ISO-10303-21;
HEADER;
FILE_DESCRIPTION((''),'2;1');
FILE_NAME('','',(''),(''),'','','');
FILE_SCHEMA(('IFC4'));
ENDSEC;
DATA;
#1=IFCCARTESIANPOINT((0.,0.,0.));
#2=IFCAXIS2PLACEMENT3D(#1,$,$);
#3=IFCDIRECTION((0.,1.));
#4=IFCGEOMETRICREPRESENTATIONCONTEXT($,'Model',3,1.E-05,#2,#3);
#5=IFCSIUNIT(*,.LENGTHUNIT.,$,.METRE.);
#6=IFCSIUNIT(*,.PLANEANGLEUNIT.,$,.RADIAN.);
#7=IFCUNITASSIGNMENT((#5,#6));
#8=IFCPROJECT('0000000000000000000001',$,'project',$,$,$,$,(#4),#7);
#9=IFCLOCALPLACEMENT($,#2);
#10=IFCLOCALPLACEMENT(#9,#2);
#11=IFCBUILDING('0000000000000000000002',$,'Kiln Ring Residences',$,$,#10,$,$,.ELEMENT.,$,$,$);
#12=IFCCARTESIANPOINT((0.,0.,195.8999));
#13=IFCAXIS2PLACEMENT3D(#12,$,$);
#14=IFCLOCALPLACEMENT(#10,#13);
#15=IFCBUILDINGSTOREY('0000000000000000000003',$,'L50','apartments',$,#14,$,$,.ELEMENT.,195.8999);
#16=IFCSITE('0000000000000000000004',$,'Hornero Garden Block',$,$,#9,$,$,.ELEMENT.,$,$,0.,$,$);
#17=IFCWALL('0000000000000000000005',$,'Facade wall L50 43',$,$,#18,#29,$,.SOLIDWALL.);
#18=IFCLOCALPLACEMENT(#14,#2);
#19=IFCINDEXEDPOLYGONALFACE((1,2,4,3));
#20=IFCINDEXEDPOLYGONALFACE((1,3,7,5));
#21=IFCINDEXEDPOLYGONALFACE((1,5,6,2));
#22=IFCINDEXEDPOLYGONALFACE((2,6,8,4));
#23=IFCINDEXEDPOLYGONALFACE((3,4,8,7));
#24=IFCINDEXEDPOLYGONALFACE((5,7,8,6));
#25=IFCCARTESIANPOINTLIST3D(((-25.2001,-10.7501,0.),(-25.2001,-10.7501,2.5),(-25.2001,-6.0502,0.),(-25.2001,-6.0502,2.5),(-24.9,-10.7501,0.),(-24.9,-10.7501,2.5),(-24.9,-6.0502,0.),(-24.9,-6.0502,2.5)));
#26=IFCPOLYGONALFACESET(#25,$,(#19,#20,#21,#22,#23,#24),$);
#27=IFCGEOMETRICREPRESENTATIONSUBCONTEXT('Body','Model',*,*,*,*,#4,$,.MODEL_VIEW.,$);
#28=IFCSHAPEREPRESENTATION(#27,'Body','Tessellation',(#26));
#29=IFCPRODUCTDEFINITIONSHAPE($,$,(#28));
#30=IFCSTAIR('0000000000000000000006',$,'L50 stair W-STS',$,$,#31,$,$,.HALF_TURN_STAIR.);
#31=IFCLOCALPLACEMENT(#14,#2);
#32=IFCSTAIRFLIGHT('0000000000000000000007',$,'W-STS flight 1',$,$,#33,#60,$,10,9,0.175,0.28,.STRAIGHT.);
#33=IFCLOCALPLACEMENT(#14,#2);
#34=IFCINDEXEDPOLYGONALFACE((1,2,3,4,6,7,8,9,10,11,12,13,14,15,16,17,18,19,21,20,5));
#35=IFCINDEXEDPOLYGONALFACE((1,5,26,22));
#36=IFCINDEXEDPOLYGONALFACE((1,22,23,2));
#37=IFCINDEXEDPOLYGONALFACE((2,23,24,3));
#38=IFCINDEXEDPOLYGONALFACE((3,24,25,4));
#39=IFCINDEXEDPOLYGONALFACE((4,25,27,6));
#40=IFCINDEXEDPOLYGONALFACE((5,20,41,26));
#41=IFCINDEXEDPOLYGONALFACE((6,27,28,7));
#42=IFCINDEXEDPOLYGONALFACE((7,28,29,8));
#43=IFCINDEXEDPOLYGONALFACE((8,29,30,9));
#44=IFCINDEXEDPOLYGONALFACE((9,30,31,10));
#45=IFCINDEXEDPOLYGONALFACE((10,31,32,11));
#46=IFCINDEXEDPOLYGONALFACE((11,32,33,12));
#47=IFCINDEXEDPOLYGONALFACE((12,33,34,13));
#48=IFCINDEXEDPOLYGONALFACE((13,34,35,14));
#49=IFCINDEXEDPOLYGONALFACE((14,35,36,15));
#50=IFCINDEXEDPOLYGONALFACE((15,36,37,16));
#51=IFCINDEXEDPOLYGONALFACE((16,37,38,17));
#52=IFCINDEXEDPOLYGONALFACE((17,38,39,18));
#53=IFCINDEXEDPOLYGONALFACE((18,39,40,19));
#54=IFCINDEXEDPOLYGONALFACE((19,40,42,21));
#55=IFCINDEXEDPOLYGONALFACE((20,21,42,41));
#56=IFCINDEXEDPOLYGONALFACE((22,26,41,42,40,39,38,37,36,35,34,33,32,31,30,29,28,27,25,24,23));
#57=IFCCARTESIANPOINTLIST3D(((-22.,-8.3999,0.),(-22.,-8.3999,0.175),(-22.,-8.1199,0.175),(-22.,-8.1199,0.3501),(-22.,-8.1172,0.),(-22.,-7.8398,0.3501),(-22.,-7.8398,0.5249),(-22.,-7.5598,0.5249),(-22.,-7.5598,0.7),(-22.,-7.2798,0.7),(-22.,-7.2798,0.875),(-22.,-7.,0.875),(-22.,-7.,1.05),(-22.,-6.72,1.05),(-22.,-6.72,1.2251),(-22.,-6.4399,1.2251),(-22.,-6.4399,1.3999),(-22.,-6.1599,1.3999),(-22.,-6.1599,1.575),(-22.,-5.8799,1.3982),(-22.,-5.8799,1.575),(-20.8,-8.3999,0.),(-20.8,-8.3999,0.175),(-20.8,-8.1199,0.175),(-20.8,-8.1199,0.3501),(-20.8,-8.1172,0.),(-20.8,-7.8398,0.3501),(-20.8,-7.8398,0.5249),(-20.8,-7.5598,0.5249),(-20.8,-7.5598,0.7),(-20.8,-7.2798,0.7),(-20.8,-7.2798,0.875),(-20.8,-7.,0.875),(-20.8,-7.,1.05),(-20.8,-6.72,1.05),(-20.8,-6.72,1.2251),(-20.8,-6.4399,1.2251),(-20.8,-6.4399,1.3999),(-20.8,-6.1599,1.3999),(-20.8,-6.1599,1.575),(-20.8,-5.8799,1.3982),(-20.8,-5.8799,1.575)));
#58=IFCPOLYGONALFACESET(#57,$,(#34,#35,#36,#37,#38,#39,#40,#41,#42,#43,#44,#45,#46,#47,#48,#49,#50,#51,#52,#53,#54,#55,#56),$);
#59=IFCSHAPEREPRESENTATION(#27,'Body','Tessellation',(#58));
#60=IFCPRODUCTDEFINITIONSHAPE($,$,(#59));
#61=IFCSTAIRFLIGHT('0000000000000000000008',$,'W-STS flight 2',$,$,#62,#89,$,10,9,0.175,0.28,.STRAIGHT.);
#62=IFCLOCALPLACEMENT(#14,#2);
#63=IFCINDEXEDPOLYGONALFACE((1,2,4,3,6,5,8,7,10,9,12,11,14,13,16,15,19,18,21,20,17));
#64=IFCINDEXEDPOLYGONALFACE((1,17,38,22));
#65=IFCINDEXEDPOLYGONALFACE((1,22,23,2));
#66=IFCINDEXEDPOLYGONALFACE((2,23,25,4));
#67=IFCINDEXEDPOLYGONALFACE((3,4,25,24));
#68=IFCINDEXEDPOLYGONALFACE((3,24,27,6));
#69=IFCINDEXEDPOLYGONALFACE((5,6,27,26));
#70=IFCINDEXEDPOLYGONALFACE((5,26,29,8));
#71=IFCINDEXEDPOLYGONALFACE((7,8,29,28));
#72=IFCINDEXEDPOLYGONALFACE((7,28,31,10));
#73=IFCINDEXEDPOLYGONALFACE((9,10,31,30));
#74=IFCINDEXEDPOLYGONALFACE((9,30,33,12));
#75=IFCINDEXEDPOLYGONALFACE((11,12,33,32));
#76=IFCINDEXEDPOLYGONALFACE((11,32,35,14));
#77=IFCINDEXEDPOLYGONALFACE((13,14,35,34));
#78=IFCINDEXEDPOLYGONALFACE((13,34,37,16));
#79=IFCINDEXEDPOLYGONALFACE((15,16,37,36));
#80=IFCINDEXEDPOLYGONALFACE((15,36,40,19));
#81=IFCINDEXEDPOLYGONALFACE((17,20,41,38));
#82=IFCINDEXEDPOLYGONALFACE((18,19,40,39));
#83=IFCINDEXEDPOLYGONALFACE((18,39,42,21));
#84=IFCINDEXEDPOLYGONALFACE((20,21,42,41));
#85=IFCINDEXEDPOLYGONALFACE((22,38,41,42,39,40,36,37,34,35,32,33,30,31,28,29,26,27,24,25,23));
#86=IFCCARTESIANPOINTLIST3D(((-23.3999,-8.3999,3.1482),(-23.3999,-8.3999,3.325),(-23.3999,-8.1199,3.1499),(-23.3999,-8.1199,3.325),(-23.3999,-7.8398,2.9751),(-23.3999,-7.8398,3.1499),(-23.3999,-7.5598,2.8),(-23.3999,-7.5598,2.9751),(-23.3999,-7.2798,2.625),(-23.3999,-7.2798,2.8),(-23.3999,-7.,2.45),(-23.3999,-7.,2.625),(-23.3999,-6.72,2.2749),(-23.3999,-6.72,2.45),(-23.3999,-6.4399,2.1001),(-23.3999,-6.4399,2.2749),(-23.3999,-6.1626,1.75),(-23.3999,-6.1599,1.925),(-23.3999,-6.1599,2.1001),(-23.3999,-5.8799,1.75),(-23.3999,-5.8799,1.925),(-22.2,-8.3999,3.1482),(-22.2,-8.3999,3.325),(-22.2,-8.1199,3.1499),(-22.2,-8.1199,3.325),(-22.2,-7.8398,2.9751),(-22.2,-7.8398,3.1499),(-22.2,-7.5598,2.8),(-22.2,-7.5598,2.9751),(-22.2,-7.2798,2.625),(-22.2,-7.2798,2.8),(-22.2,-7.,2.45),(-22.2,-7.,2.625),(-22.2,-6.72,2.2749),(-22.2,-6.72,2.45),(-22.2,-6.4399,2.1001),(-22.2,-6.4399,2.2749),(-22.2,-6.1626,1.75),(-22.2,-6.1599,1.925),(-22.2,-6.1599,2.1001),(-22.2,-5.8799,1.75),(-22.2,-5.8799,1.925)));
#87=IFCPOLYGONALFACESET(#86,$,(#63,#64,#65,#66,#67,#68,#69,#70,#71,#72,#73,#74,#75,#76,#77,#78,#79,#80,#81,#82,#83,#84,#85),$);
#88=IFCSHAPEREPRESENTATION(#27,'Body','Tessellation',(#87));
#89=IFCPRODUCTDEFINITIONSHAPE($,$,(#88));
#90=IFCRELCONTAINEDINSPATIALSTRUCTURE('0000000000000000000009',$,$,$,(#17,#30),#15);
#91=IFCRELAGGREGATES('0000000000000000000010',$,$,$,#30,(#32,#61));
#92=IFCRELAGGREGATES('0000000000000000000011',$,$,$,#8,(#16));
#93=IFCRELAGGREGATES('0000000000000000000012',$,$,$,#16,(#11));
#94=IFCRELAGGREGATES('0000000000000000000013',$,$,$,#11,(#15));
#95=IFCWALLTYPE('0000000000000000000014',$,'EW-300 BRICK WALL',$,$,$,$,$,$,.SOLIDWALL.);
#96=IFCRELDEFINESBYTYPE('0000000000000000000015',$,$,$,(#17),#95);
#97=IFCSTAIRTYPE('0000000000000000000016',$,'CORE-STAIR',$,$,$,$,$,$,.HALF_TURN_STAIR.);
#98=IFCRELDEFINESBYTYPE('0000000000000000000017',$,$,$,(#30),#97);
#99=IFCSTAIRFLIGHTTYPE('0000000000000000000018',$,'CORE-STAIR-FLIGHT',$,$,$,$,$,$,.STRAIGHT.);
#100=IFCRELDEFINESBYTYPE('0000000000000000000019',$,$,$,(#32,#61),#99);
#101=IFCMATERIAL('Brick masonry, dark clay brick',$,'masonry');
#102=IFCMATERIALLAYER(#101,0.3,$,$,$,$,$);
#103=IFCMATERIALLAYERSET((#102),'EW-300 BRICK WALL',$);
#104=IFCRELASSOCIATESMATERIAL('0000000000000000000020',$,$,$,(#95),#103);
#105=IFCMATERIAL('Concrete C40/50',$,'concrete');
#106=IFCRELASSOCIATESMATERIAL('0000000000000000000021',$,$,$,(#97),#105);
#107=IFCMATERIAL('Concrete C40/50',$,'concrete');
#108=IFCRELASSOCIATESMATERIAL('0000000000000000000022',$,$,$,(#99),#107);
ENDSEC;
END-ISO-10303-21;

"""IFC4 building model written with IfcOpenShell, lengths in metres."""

from ifc_helpers import new_model, si_unit, direction, frame, frame_2d, origin, place, context, subcontext, project, spatial, polyline, rectangle, outline, extrude, material, layer, layer_set, type_object, element, aggregate, save


model = new_model("IFC4")

# Units and contexts
model_context = context("Model", 3, precision=1e-05, world=origin(), true_north=direction((0.0, 1.0)))
body_context = subcontext(model_context, "Body", "Model", "MODEL_VIEW")
ifc_project = project(units=[si_unit("LENGTHUNIT", "METRE"), si_unit("PLANEANGLEUNIT", "RADIAN")], contexts=[model_context])

# Site, building, storey
site_placement = place(None, origin())
site = spatial("IfcSite", under=ifc_project, at=site_placement, Name="Hornero Garden Block", CompositionType="ELEMENT", RefElevation=0.0)
building_placement = place(site_placement, origin())
building = spatial("IfcBuilding", under=site, at=building_placement, Name="Kiln Ring Residences", CompositionType="ELEMENT")
storey_placement = place(building_placement, frame((0.0, 0.0, 195.8999)))
storey = spatial("IfcBuildingStorey", under=building, at=storey_placement, Name="L50", Description="apartments", CompositionType="ELEMENT", Elevation=195.8999)

# Wall
ifc_material_1 = material(Name="Brick masonry, dark clay brick", Category="masonry")
ifc_layer_1 = layer(ifc_material_1, 0.3)
ifc_layer_set_1 = layer_set([ifc_layer_1], Name="EW-300 BRICK WALL")
wall_type_1 = type_object("IfcWallType", Name="EW-300 BRICK WALL", PredefinedType="SOLIDWALL", material=ifc_layer_set_1)
for number, where, z_axis, x_axis, name in (
    (1, (-25.05, -6.05, 0.0), (0.0, 0.0, 1.0), (0.0, -1.0, 0.0), "Facade wall L50 43"),
):
    element("IfcWall", number, at=place(storey_placement, frame(where, z_axis=z_axis, x_axis=x_axis)), inside=storey, type_object=wall_type_1, Name=name, PredefinedType="SOLIDWALL", context=body_context, shape_type="SweptSolid", body=[
        extrude(rectangle(XDim=4.7, YDim=0.3, at=frame_2d((2.3501, 0.0))), origin(), (0.0, 0.0, 1.0), 2.5),
    ])

# Stair, stair flights
ifc_material_2 = material(Name="Concrete C40/50", Category="concrete")
stair_type = type_object("IfcStairType", Name="CORE-STAIR", PredefinedType="HALF_TURN_STAIR", material=ifc_material_2)
stair_placement = place(storey_placement, origin())
stair = element("IfcStair", 2, at=stair_placement, inside=storey, type_object=stair_type, Name="L50 stair W-STS", PredefinedType="HALF_TURN_STAIR")
ifc_material_3 = material(Name="Concrete C40/50", Category="concrete")
stair_flight_type = type_object("IfcStairFlightType", Name="CORE-STAIR-FLIGHT", PredefinedType="STRAIGHT", material=ifc_material_3)
stair_flight_1_placement = place(storey_placement, frame((-21.3999, -8.3999, 0.0), z_axis=(0.0, 0.0, 1.0), x_axis=(0.0, 1.0, 0.0)))
stair_flight_1 = element("IfcStairFlight", 3, at=stair_flight_1_placement, type_object=stair_flight_type, Name="W-STS flight 1", NumberOfRisers=10, NumberOfTreads=9, PredefinedType="STRAIGHT", RiserHeight=0.175, TreadLength=0.28, context=body_context, shape_type="SweptSolid", body=[
    extrude(outline(polyline([(0.0, 0.0), (0.0, 0.175), (0.28, 0.175), (0.28, 0.3501), (0.5601, 0.3501), (0.5601, 0.5249), (0.8401, 0.5249), (0.8401, 0.7), (1.1201, 0.7), (1.1201, 0.875), (1.3999, 0.875), (1.3999, 1.05), (1.6799, 1.05), (1.6799, 1.2251), (1.96, 1.2251), (1.96, 1.3999), (2.24, 1.3999), (2.24, 1.575), (2.52, 1.575), (2.52, 1.75), (2.52, 1.3982), (0.2827, 0.0), (0.0, 0.0)])), frame((0.0, 0.6001, 0.0), z_axis=(0.0, -1.0, 0.0), x_axis=(1.0, 0.0, 0.0)), (0.0, 0.0, 1.0), 1.2),
])
stair_flight_2_placement = place(storey_placement, frame((-22.8, -5.8799, 1.75), z_axis=(0.0, 0.0, 1.0), x_axis=(0.0, -1.0, 0.0)))
stair_flight_2 = element("IfcStairFlight", 4, at=stair_flight_2_placement, type_object=stair_flight_type, Name="W-STS flight 2", NumberOfRisers=10, NumberOfTreads=9, PredefinedType="STRAIGHT", RiserHeight=0.175, TreadLength=0.28, context=body_context, shape_type="SweptSolid", body=[
    extrude(outline(polyline([(0.0, 0.0), (0.0, 0.175), (0.28, 0.175), (0.28, 0.3501), (0.5601, 0.3501), (0.5601, 0.5249), (0.8401, 0.5249), (0.8401, 0.7), (1.1201, 0.7), (1.1201, 0.875), (1.3999, 0.875), (1.3999, 1.05), (1.6799, 1.05), (1.6799, 1.2251), (1.96, 1.2251), (1.96, 1.3999), (2.24, 1.3999), (2.24, 1.575), (2.52, 1.575), (2.52, 1.75), (2.52, 1.3982), (0.2827, 0.0), (0.0, 0.0)])), frame((0.0, 0.6001, 0.0), z_axis=(0.0, -1.0, 0.0), x_axis=(1.0, 0.0, 0.0)), (0.0, 0.0, 1.0), 1.2),
])
aggregate(stair, [stair_flight_1, stair_flight_2])

save(model, "model.ifc")
